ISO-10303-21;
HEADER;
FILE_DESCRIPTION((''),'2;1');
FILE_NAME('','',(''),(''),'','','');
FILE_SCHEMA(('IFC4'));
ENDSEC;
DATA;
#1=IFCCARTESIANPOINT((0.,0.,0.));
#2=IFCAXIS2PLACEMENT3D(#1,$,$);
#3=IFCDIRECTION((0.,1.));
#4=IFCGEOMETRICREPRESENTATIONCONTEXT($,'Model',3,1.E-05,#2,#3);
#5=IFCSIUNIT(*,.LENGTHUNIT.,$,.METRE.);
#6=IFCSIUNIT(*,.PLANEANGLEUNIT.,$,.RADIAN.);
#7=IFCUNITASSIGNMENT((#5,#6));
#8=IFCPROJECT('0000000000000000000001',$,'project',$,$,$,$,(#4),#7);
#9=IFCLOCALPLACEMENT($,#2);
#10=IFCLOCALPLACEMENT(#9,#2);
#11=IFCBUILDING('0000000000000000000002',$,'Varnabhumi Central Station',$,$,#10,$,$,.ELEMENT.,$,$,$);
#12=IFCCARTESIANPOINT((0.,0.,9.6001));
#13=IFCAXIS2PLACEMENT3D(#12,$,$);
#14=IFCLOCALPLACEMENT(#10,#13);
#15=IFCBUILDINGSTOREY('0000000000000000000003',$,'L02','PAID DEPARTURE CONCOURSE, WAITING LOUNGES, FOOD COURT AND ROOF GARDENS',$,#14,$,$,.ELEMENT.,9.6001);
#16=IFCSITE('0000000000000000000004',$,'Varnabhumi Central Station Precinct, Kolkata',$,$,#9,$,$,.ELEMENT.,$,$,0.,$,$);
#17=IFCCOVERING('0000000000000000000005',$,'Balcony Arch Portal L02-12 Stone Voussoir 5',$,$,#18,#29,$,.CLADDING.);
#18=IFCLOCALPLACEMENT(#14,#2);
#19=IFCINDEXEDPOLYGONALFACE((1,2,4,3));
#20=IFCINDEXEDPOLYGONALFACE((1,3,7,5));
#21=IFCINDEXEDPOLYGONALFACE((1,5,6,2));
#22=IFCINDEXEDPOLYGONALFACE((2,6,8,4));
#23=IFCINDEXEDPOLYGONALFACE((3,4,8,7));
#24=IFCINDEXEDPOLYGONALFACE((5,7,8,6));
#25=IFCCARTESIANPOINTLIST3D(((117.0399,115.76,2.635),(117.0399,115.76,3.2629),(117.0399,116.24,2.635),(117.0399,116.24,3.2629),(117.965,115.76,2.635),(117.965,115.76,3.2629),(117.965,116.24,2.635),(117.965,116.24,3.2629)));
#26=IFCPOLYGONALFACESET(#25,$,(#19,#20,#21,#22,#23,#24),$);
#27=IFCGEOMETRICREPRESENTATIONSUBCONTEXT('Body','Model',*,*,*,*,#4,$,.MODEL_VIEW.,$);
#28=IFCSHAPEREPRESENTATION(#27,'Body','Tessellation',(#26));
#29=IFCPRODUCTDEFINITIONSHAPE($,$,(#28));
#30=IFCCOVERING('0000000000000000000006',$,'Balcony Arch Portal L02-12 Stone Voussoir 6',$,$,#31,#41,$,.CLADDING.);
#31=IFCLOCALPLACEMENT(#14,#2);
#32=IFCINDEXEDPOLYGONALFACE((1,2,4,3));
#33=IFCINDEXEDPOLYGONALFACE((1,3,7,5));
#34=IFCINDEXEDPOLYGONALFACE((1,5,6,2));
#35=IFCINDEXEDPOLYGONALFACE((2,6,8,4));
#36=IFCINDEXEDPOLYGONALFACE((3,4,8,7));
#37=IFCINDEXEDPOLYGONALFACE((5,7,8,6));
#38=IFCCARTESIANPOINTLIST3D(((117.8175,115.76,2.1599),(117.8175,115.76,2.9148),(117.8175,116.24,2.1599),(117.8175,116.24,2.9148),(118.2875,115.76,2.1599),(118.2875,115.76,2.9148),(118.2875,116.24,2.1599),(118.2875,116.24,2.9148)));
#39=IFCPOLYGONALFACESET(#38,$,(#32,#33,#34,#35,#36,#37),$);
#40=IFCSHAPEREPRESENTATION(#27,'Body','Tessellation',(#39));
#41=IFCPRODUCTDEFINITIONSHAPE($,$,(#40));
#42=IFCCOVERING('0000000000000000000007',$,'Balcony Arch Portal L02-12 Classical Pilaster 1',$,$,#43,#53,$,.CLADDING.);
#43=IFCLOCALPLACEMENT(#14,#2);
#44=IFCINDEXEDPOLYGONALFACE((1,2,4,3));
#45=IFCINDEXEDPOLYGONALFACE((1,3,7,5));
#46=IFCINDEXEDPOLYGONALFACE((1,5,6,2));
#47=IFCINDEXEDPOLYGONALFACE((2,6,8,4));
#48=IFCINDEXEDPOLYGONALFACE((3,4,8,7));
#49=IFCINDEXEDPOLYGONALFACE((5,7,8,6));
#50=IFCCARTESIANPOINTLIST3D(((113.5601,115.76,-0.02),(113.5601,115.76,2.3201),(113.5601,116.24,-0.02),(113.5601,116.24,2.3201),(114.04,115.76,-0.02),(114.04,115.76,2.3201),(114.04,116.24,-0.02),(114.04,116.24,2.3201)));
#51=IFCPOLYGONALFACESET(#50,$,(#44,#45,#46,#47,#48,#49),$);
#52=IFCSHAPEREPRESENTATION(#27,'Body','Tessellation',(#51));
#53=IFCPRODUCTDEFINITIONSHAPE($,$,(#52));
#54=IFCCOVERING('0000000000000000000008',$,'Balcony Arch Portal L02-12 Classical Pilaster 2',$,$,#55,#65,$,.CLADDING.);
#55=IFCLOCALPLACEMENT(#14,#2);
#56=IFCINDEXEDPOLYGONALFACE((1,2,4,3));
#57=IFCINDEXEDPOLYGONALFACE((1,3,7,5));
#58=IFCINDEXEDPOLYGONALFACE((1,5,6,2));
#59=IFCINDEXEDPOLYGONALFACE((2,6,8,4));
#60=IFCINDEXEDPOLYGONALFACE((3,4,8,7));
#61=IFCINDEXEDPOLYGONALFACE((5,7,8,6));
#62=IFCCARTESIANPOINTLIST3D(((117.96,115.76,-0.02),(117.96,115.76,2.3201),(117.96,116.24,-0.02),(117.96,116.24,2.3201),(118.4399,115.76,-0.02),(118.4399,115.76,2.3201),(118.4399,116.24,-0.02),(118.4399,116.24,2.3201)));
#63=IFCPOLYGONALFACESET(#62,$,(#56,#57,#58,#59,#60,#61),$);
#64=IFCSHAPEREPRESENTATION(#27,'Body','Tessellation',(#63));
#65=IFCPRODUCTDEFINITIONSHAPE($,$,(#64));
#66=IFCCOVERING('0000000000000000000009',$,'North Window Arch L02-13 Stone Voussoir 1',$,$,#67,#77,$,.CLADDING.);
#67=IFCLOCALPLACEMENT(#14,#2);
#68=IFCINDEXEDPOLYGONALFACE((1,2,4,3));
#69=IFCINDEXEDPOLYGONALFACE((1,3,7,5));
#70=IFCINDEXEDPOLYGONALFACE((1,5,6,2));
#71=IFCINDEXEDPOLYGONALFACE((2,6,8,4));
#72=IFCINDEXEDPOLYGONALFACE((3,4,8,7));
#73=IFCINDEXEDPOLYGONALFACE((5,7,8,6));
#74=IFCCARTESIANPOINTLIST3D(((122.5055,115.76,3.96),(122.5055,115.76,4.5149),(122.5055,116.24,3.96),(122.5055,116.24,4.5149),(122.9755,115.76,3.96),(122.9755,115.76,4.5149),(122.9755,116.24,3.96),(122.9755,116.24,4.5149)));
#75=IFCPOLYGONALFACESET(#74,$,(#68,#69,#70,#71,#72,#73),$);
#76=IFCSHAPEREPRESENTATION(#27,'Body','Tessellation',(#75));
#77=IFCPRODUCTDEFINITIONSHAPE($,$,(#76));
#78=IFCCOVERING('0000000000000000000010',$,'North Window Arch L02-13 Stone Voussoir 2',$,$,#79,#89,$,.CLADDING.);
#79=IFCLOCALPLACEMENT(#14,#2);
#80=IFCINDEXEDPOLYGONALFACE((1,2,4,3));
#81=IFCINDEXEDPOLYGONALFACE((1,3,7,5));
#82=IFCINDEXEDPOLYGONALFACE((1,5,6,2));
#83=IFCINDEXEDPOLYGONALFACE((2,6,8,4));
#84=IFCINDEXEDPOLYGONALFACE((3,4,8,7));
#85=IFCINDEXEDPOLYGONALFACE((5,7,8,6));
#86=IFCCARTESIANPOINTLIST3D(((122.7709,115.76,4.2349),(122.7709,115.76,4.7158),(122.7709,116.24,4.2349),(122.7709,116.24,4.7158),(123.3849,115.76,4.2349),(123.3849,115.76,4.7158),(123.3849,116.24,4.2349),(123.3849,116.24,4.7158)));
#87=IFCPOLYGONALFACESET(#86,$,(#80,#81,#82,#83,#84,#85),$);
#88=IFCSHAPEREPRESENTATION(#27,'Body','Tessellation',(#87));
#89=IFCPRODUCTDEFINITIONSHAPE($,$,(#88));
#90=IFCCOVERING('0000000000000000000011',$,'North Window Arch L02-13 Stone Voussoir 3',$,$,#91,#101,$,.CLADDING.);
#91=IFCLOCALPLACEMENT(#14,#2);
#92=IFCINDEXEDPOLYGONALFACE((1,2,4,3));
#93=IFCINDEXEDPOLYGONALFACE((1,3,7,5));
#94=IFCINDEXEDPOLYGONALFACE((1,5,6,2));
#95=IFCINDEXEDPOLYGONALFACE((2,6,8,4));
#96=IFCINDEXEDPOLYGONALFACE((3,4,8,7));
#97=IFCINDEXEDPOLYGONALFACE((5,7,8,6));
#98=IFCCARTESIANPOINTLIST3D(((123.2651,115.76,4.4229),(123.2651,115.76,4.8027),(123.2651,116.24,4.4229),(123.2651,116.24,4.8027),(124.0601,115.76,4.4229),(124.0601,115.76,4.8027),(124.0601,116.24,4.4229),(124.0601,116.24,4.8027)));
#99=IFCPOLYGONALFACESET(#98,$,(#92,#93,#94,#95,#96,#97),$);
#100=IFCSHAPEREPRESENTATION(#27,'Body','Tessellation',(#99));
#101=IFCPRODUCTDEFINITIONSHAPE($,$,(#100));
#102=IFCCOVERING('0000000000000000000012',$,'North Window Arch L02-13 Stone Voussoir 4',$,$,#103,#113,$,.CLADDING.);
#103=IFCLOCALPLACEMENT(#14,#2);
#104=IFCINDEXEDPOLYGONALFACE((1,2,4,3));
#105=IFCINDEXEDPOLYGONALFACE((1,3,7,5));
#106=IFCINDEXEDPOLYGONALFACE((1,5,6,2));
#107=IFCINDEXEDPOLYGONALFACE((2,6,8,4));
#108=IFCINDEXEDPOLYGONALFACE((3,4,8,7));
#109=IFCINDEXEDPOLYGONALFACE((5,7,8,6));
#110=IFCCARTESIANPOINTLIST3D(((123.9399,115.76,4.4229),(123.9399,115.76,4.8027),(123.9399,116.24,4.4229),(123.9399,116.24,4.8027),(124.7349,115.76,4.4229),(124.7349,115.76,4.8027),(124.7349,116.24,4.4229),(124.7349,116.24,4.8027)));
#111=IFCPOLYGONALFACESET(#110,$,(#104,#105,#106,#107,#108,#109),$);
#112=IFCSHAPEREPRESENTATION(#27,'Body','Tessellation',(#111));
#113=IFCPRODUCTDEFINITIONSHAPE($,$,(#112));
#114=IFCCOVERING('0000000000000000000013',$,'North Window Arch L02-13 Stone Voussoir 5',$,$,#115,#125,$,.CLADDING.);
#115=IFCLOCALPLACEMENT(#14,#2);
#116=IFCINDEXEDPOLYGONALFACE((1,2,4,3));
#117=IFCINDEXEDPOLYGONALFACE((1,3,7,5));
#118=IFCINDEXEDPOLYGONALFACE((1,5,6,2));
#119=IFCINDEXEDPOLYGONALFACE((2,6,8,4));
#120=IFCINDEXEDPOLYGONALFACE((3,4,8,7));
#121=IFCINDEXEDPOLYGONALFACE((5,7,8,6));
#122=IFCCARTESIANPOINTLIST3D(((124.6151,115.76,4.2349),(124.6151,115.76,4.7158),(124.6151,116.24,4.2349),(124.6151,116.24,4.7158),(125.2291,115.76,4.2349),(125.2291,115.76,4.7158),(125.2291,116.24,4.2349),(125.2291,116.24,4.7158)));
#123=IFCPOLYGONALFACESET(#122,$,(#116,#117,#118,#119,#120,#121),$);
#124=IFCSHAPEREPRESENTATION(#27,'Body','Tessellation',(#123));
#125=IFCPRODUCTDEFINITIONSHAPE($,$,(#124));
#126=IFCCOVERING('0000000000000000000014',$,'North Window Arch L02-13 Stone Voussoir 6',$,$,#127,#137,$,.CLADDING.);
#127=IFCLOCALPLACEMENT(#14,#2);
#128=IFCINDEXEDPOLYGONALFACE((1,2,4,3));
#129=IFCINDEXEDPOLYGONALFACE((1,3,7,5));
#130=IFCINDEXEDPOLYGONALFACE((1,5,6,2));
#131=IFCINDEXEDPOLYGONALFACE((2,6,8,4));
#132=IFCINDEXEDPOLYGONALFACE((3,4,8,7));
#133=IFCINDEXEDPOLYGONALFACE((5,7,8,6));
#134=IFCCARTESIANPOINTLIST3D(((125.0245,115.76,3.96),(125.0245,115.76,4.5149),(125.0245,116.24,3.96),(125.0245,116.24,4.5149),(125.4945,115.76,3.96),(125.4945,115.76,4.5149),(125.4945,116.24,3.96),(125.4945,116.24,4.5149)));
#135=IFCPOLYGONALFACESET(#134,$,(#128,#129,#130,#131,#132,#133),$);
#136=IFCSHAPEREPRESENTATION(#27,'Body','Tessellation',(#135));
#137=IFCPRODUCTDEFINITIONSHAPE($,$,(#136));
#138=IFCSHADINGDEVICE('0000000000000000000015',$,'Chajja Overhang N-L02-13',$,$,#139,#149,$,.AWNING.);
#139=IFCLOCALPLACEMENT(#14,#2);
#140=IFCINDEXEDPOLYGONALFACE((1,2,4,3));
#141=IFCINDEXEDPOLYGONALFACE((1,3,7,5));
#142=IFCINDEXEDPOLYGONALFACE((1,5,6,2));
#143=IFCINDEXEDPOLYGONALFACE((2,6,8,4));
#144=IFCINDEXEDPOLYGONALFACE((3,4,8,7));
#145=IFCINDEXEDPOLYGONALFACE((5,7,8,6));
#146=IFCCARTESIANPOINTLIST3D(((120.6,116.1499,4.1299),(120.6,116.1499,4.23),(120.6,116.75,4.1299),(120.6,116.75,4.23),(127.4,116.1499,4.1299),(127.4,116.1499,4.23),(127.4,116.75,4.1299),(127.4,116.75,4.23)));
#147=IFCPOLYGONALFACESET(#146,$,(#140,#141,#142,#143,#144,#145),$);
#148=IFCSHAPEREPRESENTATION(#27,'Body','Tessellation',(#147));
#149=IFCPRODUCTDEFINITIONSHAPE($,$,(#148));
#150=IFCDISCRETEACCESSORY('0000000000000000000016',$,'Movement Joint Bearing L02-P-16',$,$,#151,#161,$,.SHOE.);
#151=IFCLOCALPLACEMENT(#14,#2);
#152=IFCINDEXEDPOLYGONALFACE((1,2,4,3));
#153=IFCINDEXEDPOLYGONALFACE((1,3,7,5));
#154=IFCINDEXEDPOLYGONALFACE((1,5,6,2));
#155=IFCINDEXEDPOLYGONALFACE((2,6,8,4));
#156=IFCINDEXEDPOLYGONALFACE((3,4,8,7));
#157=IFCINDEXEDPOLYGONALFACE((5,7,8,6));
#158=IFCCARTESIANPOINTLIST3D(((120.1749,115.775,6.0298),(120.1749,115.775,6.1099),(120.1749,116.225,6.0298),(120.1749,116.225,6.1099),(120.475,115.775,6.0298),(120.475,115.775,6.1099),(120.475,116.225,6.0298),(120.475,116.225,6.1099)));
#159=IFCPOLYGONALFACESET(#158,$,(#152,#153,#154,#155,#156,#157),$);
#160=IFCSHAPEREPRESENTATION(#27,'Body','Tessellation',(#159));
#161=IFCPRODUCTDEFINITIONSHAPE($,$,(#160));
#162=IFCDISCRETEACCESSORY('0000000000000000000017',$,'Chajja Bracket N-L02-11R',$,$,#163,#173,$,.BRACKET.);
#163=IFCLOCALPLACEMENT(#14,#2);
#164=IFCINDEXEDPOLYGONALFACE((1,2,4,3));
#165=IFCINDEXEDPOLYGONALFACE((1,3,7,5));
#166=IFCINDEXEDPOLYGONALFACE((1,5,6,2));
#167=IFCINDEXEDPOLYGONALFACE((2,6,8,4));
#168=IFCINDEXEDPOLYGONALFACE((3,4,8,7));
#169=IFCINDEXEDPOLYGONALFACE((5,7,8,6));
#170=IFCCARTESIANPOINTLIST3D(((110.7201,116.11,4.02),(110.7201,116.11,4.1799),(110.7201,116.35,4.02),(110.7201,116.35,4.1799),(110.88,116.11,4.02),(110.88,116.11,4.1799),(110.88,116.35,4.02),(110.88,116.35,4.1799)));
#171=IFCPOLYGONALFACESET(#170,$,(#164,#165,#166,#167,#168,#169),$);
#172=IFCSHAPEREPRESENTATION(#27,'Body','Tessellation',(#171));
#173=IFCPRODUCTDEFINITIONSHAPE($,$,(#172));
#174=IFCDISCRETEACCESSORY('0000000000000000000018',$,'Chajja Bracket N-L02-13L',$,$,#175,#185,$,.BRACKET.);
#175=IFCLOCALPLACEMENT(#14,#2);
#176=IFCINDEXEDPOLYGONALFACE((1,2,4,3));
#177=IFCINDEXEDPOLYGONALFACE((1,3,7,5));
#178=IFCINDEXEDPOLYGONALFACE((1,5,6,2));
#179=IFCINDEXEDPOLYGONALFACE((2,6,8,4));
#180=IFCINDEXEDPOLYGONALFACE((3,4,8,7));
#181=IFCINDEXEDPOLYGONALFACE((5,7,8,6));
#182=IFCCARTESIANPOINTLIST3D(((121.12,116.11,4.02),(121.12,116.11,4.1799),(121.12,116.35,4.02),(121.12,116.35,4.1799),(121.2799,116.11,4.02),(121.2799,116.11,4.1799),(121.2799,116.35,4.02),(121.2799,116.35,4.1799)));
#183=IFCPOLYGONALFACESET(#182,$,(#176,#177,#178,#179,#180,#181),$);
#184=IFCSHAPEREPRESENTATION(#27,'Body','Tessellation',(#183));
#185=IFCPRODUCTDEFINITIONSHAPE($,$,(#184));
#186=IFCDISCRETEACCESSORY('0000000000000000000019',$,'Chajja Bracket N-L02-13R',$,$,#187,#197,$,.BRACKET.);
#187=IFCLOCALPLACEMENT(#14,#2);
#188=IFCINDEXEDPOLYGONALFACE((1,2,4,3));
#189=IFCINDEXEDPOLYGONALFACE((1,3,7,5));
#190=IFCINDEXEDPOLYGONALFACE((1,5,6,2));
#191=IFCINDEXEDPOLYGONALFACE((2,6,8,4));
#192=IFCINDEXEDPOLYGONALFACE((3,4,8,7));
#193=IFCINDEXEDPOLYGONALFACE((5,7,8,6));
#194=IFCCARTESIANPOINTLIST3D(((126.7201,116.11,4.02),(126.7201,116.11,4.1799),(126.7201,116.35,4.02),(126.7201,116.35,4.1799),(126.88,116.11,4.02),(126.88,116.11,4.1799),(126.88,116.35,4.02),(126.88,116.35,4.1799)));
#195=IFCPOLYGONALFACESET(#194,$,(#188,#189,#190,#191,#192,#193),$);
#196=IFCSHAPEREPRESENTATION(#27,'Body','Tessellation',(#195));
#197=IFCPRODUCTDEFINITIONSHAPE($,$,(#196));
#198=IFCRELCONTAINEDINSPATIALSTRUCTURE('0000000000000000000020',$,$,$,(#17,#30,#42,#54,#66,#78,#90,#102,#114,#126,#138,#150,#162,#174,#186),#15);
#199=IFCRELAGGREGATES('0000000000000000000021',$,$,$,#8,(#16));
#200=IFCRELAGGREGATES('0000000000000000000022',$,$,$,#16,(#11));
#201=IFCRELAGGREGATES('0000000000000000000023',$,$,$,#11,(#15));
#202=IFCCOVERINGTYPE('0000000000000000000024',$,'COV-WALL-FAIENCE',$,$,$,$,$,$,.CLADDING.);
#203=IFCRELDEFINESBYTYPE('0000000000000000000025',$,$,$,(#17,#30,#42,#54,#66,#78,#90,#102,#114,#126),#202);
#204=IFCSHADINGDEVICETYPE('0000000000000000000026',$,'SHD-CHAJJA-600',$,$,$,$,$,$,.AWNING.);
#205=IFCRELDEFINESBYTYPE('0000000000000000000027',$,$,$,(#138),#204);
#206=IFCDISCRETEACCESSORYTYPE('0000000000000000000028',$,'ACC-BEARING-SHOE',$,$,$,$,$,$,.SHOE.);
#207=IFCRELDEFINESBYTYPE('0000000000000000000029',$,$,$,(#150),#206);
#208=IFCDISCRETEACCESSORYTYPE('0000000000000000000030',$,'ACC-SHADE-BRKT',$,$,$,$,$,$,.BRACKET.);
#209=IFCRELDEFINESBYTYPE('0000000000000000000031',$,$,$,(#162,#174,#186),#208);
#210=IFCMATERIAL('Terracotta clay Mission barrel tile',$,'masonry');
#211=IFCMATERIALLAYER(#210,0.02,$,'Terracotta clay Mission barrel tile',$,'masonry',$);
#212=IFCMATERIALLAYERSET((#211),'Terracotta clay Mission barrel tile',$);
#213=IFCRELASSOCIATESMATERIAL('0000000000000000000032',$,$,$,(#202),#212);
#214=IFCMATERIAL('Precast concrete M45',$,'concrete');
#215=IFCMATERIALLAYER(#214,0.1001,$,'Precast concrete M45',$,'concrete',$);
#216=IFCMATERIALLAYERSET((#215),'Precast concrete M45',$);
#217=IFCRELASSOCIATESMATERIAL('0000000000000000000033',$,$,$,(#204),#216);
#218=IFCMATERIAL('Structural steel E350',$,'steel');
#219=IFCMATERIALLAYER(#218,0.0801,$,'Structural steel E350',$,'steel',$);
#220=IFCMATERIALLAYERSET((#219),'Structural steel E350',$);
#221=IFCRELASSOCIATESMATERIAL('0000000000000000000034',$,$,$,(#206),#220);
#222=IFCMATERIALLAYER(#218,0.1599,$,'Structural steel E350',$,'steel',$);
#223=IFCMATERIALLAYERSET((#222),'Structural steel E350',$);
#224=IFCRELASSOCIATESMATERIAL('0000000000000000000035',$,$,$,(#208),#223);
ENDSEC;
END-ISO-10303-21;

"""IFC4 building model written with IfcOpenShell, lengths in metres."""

from ifc_helpers import new_model, si_unit, direction, frame, origin, origin_2d, place, context, subcontext, project, spatial, rectangle, extrude, material, layer, layer_set, type_object, element, save


model = new_model("IFC4")

# Units and contexts
model_context = context("Model", 3, precision=1e-05, world=origin(), true_north=direction((0.0, 1.0)))
body_context = subcontext(model_context, "Body", "Model", "MODEL_VIEW")
ifc_project = project(units=[si_unit("LENGTHUNIT", "METRE"), si_unit("PLANEANGLEUNIT", "RADIAN")], contexts=[model_context])

# Site, building, storey
site_placement = place(None, origin())
site = spatial("IfcSite", under=ifc_project, at=site_placement, Name="Varnabhumi Central Station Precinct, Kolkata", CompositionType="ELEMENT", RefElevation=0.0)
building_placement = place(site_placement, origin())
building = spatial("IfcBuilding", under=site, at=building_placement, Name="Varnabhumi Central Station", CompositionType="ELEMENT")
storey_placement = place(building_placement, frame((0.0, 0.0, 9.6001)))
storey = spatial("IfcBuildingStorey", under=building, at=storey_placement, Name="L02", Description="PAID DEPARTURE CONCOURSE, WAITING LOUNGES, FOOD COURT AND ROOF GARDENS", CompositionType="ELEMENT", Elevation=9.6001)

# Shared definitions
ifc_material_1 = material(Name="Structural steel E350", Category="steel")

# Coverings
ifc_material_2 = material(Name="Terracotta clay Mission barrel tile", Category="masonry")
ifc_layer_1 = layer(ifc_material_2, 0.02, Name="Terracotta clay Mission barrel tile", Category="masonry")
ifc_layer_set_1 = layer_set([ifc_layer_1], Name="Terracotta clay Mission barrel tile")
covering_type = type_object("IfcCoveringType", Name="COV-WALL-FAIENCE", PredefinedType="CLADDING", material=ifc_layer_set_1)
covering_1_placement = place(storey_placement, frame((117.5024, 116.0, 2.635), z_axis=(0.0, 0.0, 1.0), x_axis=(1.0, 0.0, 0.0)))
element("IfcCovering", 1, at=covering_1_placement, inside=storey, type_object=covering_type, Name="Balcony Arch Portal L02-12 Stone Voussoir 5", PredefinedType="CLADDING", context=body_context, shape_type="SweptSolid", body=[
    extrude(rectangle(XDim=0.925, YDim=0.48, at=origin_2d()), origin(), (0.0, 0.0, 1.0), 0.6279),
])
covering_2_placement = place(storey_placement, frame((118.0525, 116.0, 2.1599), z_axis=(0.0, 0.0, 1.0), x_axis=(1.0, 0.0, 0.0)))
element("IfcCovering", 2, at=covering_2_placement, inside=storey, type_object=covering_type, Name="Balcony Arch Portal L02-12 Stone Voussoir 6", PredefinedType="CLADDING", context=body_context, shape_type="SweptSolid", body=[
    extrude(rectangle(XDim=0.47, YDim=0.48, at=origin_2d()), origin(), (0.0, 0.0, 1.0), 0.7549),
])
for number, where, z_axis, x_axis, name in (
    (3, (113.8, 116.0, -0.02), (0.0, 0.0, 1.0), (1.0, 0.0, 0.0), "Balcony Arch Portal L02-12 Classical Pilaster 1"),
    (4, (118.2, 116.0, -0.02), (0.0, 0.0, 1.0), (1.0, 0.0, 0.0), "Balcony Arch Portal L02-12 Classical Pilaster 2"),
):
    element("IfcCovering", number, at=place(storey_placement, frame(where, z_axis=z_axis, x_axis=x_axis)), inside=storey, type_object=covering_type, Name=name, PredefinedType="CLADDING", context=body_context, shape_type="SweptSolid", body=[
        extrude(rectangle(XDim=0.48, YDim=0.48, at=origin_2d()), origin(), (0.0, 0.0, 1.0), 2.3401),
    ])
covering_3_placement = place(storey_placement, frame((122.7405, 116.0, 3.96), z_axis=(0.0, 0.0, 1.0), x_axis=(1.0, 0.0, 0.0)))
element("IfcCovering", 5, at=covering_3_placement, inside=storey, type_object=covering_type, Name="North Window Arch L02-13 Stone Voussoir 1", PredefinedType="CLADDING", context=body_context, shape_type="SweptSolid", body=[
    extrude(rectangle(XDim=0.47, YDim=0.48, at=origin_2d()), origin(), (0.0, 0.0, 1.0), 0.5549),
])
covering_4_placement = place(storey_placement, frame((123.0779, 116.0, 4.2349), z_axis=(0.0, 0.0, 1.0), x_axis=(1.0, 0.0, 0.0)))
element("IfcCovering", 6, at=covering_4_placement, inside=storey, type_object=covering_type, Name="North Window Arch L02-13 Stone Voussoir 2", PredefinedType="CLADDING", context=body_context, shape_type="SweptSolid", body=[
    extrude(rectangle(XDim=0.614, YDim=0.48, at=origin_2d()), origin(), (0.0, 0.0, 1.0), 0.481),
])
for number, where, z_axis, x_axis, name in (
    (7, (123.6626, 116.0, 4.4229), (0.0, 0.0, 1.0), (1.0, 0.0, 0.0), "North Window Arch L02-13 Stone Voussoir 3"),
    (8, (124.3374, 116.0, 4.4229), (0.0, 0.0, 1.0), (1.0, 0.0, 0.0), "North Window Arch L02-13 Stone Voussoir 4"),
):
    element("IfcCovering", number, at=place(storey_placement, frame(where, z_axis=z_axis, x_axis=x_axis)), inside=storey, type_object=covering_type, Name=name, PredefinedType="CLADDING", context=body_context, shape_type="SweptSolid", body=[
        extrude(rectangle(XDim=0.7949, YDim=0.48, at=origin_2d()), origin(), (0.0, 0.0, 1.0), 0.3799),
    ])
covering_5_placement = place(storey_placement, frame((124.9221, 116.0, 4.2349), z_axis=(0.0, 0.0, 1.0), x_axis=(1.0, 0.0, 0.0)))
element("IfcCovering", 9, at=covering_5_placement, inside=storey, type_object=covering_type, Name="North Window Arch L02-13 Stone Voussoir 5", PredefinedType="CLADDING", context=body_context, shape_type="SweptSolid", body=[
    extrude(rectangle(XDim=0.614, YDim=0.48, at=origin_2d()), origin(), (0.0, 0.0, 1.0), 0.481),
])
covering_6_placement = place(storey_placement, frame((125.2595, 116.0, 3.96), z_axis=(0.0, 0.0, 1.0), x_axis=(1.0, 0.0, 0.0)))
element("IfcCovering", 10, at=covering_6_placement, inside=storey, type_object=covering_type, Name="North Window Arch L02-13 Stone Voussoir 6", PredefinedType="CLADDING", context=body_context, shape_type="SweptSolid", body=[
    extrude(rectangle(XDim=0.47, YDim=0.48, at=origin_2d()), origin(), (0.0, 0.0, 1.0), 0.5549),
])

# Shading device
ifc_material_3 = material(Name="Precast concrete M45", Category="concrete")
ifc_layer_2 = layer(ifc_material_3, 0.1001, Name="Precast concrete M45", Category="concrete")
ifc_layer_set_2 = layer_set([ifc_layer_2], Name="Precast concrete M45")
shading_device_type = type_object("IfcShadingDeviceType", Name="SHD-CHAJJA-600", PredefinedType="AWNING", material=ifc_layer_set_2)
shading_device_placement = place(storey_placement, frame((124.0, 116.45, 4.1299), z_axis=(0.0, 0.0, 1.0), x_axis=(1.0, 0.0, 0.0)))
element("IfcShadingDevice", 11, at=shading_device_placement, inside=storey, type_object=shading_device_type, Name="Chajja Overhang N-L02-13", PredefinedType="AWNING", context=body_context, shape_type="SweptSolid", body=[
    extrude(rectangle(XDim=6.8, YDim=0.6001, at=origin_2d()), origin(), (0.0, 0.0, 1.0), 0.1001),
])

# Discrete accessories
ifc_layer_3 = layer(ifc_material_1, 0.0801, Name="Structural steel E350", Category="steel")
ifc_layer_set_3 = layer_set([ifc_layer_3], Name="Structural steel E350")
discrete_accessory_type_1 = type_object("IfcDiscreteAccessoryType", Name="ACC-BEARING-SHOE", PredefinedType="SHOE", material=ifc_layer_set_3)
discrete_accessory_placement = place(storey_placement, frame((120.325, 116.0, 6.0298), z_axis=(0.0, 0.0, 1.0), x_axis=(1.0, 0.0, 0.0)))
element("IfcDiscreteAccessory", 12, at=discrete_accessory_placement, inside=storey, type_object=discrete_accessory_type_1, Name="Movement Joint Bearing L02-P-16", PredefinedType="SHOE", context=body_context, shape_type="SweptSolid", body=[
    extrude(rectangle(XDim=0.3, YDim=0.45, at=origin_2d()), origin(), (0.0, 0.0, 1.0), 0.0801),
])
ifc_layer_4 = layer(ifc_material_1, 0.1599, Name="Structural steel E350", Category="steel")
ifc_layer_set_4 = layer_set([ifc_layer_4], Name="Structural steel E350")
discrete_accessory_type_2 = type_object("IfcDiscreteAccessoryType", Name="ACC-SHADE-BRKT", PredefinedType="BRACKET", material=ifc_layer_set_4)
for number, where, z_axis, x_axis, name in (
    (13, (110.8, 116.23, 4.02), (0.0, 0.0, 1.0), (1.0, 0.0, 0.0), "Chajja Bracket N-L02-11R"),
    (14, (121.2, 116.23, 4.02), (0.0, 0.0, 1.0), (1.0, 0.0, 0.0), "Chajja Bracket N-L02-13L"),
    (15, (126.8, 116.23, 4.02), (0.0, 0.0, 1.0), (1.0, 0.0, 0.0), "Chajja Bracket N-L02-13R"),
):
    element("IfcDiscreteAccessory", number, at=place(storey_placement, frame(where, z_axis=z_axis, x_axis=x_axis)), inside=storey, type_object=discrete_accessory_type_2, Name=name, PredefinedType="BRACKET", context=body_context, shape_type="SweptSolid", body=[
        extrude(rectangle(XDim=0.1599, YDim=0.24, at=origin_2d()), origin(), (0.0, 0.0, 1.0), 0.1599),
    ])

save(model, "model.ifc")
